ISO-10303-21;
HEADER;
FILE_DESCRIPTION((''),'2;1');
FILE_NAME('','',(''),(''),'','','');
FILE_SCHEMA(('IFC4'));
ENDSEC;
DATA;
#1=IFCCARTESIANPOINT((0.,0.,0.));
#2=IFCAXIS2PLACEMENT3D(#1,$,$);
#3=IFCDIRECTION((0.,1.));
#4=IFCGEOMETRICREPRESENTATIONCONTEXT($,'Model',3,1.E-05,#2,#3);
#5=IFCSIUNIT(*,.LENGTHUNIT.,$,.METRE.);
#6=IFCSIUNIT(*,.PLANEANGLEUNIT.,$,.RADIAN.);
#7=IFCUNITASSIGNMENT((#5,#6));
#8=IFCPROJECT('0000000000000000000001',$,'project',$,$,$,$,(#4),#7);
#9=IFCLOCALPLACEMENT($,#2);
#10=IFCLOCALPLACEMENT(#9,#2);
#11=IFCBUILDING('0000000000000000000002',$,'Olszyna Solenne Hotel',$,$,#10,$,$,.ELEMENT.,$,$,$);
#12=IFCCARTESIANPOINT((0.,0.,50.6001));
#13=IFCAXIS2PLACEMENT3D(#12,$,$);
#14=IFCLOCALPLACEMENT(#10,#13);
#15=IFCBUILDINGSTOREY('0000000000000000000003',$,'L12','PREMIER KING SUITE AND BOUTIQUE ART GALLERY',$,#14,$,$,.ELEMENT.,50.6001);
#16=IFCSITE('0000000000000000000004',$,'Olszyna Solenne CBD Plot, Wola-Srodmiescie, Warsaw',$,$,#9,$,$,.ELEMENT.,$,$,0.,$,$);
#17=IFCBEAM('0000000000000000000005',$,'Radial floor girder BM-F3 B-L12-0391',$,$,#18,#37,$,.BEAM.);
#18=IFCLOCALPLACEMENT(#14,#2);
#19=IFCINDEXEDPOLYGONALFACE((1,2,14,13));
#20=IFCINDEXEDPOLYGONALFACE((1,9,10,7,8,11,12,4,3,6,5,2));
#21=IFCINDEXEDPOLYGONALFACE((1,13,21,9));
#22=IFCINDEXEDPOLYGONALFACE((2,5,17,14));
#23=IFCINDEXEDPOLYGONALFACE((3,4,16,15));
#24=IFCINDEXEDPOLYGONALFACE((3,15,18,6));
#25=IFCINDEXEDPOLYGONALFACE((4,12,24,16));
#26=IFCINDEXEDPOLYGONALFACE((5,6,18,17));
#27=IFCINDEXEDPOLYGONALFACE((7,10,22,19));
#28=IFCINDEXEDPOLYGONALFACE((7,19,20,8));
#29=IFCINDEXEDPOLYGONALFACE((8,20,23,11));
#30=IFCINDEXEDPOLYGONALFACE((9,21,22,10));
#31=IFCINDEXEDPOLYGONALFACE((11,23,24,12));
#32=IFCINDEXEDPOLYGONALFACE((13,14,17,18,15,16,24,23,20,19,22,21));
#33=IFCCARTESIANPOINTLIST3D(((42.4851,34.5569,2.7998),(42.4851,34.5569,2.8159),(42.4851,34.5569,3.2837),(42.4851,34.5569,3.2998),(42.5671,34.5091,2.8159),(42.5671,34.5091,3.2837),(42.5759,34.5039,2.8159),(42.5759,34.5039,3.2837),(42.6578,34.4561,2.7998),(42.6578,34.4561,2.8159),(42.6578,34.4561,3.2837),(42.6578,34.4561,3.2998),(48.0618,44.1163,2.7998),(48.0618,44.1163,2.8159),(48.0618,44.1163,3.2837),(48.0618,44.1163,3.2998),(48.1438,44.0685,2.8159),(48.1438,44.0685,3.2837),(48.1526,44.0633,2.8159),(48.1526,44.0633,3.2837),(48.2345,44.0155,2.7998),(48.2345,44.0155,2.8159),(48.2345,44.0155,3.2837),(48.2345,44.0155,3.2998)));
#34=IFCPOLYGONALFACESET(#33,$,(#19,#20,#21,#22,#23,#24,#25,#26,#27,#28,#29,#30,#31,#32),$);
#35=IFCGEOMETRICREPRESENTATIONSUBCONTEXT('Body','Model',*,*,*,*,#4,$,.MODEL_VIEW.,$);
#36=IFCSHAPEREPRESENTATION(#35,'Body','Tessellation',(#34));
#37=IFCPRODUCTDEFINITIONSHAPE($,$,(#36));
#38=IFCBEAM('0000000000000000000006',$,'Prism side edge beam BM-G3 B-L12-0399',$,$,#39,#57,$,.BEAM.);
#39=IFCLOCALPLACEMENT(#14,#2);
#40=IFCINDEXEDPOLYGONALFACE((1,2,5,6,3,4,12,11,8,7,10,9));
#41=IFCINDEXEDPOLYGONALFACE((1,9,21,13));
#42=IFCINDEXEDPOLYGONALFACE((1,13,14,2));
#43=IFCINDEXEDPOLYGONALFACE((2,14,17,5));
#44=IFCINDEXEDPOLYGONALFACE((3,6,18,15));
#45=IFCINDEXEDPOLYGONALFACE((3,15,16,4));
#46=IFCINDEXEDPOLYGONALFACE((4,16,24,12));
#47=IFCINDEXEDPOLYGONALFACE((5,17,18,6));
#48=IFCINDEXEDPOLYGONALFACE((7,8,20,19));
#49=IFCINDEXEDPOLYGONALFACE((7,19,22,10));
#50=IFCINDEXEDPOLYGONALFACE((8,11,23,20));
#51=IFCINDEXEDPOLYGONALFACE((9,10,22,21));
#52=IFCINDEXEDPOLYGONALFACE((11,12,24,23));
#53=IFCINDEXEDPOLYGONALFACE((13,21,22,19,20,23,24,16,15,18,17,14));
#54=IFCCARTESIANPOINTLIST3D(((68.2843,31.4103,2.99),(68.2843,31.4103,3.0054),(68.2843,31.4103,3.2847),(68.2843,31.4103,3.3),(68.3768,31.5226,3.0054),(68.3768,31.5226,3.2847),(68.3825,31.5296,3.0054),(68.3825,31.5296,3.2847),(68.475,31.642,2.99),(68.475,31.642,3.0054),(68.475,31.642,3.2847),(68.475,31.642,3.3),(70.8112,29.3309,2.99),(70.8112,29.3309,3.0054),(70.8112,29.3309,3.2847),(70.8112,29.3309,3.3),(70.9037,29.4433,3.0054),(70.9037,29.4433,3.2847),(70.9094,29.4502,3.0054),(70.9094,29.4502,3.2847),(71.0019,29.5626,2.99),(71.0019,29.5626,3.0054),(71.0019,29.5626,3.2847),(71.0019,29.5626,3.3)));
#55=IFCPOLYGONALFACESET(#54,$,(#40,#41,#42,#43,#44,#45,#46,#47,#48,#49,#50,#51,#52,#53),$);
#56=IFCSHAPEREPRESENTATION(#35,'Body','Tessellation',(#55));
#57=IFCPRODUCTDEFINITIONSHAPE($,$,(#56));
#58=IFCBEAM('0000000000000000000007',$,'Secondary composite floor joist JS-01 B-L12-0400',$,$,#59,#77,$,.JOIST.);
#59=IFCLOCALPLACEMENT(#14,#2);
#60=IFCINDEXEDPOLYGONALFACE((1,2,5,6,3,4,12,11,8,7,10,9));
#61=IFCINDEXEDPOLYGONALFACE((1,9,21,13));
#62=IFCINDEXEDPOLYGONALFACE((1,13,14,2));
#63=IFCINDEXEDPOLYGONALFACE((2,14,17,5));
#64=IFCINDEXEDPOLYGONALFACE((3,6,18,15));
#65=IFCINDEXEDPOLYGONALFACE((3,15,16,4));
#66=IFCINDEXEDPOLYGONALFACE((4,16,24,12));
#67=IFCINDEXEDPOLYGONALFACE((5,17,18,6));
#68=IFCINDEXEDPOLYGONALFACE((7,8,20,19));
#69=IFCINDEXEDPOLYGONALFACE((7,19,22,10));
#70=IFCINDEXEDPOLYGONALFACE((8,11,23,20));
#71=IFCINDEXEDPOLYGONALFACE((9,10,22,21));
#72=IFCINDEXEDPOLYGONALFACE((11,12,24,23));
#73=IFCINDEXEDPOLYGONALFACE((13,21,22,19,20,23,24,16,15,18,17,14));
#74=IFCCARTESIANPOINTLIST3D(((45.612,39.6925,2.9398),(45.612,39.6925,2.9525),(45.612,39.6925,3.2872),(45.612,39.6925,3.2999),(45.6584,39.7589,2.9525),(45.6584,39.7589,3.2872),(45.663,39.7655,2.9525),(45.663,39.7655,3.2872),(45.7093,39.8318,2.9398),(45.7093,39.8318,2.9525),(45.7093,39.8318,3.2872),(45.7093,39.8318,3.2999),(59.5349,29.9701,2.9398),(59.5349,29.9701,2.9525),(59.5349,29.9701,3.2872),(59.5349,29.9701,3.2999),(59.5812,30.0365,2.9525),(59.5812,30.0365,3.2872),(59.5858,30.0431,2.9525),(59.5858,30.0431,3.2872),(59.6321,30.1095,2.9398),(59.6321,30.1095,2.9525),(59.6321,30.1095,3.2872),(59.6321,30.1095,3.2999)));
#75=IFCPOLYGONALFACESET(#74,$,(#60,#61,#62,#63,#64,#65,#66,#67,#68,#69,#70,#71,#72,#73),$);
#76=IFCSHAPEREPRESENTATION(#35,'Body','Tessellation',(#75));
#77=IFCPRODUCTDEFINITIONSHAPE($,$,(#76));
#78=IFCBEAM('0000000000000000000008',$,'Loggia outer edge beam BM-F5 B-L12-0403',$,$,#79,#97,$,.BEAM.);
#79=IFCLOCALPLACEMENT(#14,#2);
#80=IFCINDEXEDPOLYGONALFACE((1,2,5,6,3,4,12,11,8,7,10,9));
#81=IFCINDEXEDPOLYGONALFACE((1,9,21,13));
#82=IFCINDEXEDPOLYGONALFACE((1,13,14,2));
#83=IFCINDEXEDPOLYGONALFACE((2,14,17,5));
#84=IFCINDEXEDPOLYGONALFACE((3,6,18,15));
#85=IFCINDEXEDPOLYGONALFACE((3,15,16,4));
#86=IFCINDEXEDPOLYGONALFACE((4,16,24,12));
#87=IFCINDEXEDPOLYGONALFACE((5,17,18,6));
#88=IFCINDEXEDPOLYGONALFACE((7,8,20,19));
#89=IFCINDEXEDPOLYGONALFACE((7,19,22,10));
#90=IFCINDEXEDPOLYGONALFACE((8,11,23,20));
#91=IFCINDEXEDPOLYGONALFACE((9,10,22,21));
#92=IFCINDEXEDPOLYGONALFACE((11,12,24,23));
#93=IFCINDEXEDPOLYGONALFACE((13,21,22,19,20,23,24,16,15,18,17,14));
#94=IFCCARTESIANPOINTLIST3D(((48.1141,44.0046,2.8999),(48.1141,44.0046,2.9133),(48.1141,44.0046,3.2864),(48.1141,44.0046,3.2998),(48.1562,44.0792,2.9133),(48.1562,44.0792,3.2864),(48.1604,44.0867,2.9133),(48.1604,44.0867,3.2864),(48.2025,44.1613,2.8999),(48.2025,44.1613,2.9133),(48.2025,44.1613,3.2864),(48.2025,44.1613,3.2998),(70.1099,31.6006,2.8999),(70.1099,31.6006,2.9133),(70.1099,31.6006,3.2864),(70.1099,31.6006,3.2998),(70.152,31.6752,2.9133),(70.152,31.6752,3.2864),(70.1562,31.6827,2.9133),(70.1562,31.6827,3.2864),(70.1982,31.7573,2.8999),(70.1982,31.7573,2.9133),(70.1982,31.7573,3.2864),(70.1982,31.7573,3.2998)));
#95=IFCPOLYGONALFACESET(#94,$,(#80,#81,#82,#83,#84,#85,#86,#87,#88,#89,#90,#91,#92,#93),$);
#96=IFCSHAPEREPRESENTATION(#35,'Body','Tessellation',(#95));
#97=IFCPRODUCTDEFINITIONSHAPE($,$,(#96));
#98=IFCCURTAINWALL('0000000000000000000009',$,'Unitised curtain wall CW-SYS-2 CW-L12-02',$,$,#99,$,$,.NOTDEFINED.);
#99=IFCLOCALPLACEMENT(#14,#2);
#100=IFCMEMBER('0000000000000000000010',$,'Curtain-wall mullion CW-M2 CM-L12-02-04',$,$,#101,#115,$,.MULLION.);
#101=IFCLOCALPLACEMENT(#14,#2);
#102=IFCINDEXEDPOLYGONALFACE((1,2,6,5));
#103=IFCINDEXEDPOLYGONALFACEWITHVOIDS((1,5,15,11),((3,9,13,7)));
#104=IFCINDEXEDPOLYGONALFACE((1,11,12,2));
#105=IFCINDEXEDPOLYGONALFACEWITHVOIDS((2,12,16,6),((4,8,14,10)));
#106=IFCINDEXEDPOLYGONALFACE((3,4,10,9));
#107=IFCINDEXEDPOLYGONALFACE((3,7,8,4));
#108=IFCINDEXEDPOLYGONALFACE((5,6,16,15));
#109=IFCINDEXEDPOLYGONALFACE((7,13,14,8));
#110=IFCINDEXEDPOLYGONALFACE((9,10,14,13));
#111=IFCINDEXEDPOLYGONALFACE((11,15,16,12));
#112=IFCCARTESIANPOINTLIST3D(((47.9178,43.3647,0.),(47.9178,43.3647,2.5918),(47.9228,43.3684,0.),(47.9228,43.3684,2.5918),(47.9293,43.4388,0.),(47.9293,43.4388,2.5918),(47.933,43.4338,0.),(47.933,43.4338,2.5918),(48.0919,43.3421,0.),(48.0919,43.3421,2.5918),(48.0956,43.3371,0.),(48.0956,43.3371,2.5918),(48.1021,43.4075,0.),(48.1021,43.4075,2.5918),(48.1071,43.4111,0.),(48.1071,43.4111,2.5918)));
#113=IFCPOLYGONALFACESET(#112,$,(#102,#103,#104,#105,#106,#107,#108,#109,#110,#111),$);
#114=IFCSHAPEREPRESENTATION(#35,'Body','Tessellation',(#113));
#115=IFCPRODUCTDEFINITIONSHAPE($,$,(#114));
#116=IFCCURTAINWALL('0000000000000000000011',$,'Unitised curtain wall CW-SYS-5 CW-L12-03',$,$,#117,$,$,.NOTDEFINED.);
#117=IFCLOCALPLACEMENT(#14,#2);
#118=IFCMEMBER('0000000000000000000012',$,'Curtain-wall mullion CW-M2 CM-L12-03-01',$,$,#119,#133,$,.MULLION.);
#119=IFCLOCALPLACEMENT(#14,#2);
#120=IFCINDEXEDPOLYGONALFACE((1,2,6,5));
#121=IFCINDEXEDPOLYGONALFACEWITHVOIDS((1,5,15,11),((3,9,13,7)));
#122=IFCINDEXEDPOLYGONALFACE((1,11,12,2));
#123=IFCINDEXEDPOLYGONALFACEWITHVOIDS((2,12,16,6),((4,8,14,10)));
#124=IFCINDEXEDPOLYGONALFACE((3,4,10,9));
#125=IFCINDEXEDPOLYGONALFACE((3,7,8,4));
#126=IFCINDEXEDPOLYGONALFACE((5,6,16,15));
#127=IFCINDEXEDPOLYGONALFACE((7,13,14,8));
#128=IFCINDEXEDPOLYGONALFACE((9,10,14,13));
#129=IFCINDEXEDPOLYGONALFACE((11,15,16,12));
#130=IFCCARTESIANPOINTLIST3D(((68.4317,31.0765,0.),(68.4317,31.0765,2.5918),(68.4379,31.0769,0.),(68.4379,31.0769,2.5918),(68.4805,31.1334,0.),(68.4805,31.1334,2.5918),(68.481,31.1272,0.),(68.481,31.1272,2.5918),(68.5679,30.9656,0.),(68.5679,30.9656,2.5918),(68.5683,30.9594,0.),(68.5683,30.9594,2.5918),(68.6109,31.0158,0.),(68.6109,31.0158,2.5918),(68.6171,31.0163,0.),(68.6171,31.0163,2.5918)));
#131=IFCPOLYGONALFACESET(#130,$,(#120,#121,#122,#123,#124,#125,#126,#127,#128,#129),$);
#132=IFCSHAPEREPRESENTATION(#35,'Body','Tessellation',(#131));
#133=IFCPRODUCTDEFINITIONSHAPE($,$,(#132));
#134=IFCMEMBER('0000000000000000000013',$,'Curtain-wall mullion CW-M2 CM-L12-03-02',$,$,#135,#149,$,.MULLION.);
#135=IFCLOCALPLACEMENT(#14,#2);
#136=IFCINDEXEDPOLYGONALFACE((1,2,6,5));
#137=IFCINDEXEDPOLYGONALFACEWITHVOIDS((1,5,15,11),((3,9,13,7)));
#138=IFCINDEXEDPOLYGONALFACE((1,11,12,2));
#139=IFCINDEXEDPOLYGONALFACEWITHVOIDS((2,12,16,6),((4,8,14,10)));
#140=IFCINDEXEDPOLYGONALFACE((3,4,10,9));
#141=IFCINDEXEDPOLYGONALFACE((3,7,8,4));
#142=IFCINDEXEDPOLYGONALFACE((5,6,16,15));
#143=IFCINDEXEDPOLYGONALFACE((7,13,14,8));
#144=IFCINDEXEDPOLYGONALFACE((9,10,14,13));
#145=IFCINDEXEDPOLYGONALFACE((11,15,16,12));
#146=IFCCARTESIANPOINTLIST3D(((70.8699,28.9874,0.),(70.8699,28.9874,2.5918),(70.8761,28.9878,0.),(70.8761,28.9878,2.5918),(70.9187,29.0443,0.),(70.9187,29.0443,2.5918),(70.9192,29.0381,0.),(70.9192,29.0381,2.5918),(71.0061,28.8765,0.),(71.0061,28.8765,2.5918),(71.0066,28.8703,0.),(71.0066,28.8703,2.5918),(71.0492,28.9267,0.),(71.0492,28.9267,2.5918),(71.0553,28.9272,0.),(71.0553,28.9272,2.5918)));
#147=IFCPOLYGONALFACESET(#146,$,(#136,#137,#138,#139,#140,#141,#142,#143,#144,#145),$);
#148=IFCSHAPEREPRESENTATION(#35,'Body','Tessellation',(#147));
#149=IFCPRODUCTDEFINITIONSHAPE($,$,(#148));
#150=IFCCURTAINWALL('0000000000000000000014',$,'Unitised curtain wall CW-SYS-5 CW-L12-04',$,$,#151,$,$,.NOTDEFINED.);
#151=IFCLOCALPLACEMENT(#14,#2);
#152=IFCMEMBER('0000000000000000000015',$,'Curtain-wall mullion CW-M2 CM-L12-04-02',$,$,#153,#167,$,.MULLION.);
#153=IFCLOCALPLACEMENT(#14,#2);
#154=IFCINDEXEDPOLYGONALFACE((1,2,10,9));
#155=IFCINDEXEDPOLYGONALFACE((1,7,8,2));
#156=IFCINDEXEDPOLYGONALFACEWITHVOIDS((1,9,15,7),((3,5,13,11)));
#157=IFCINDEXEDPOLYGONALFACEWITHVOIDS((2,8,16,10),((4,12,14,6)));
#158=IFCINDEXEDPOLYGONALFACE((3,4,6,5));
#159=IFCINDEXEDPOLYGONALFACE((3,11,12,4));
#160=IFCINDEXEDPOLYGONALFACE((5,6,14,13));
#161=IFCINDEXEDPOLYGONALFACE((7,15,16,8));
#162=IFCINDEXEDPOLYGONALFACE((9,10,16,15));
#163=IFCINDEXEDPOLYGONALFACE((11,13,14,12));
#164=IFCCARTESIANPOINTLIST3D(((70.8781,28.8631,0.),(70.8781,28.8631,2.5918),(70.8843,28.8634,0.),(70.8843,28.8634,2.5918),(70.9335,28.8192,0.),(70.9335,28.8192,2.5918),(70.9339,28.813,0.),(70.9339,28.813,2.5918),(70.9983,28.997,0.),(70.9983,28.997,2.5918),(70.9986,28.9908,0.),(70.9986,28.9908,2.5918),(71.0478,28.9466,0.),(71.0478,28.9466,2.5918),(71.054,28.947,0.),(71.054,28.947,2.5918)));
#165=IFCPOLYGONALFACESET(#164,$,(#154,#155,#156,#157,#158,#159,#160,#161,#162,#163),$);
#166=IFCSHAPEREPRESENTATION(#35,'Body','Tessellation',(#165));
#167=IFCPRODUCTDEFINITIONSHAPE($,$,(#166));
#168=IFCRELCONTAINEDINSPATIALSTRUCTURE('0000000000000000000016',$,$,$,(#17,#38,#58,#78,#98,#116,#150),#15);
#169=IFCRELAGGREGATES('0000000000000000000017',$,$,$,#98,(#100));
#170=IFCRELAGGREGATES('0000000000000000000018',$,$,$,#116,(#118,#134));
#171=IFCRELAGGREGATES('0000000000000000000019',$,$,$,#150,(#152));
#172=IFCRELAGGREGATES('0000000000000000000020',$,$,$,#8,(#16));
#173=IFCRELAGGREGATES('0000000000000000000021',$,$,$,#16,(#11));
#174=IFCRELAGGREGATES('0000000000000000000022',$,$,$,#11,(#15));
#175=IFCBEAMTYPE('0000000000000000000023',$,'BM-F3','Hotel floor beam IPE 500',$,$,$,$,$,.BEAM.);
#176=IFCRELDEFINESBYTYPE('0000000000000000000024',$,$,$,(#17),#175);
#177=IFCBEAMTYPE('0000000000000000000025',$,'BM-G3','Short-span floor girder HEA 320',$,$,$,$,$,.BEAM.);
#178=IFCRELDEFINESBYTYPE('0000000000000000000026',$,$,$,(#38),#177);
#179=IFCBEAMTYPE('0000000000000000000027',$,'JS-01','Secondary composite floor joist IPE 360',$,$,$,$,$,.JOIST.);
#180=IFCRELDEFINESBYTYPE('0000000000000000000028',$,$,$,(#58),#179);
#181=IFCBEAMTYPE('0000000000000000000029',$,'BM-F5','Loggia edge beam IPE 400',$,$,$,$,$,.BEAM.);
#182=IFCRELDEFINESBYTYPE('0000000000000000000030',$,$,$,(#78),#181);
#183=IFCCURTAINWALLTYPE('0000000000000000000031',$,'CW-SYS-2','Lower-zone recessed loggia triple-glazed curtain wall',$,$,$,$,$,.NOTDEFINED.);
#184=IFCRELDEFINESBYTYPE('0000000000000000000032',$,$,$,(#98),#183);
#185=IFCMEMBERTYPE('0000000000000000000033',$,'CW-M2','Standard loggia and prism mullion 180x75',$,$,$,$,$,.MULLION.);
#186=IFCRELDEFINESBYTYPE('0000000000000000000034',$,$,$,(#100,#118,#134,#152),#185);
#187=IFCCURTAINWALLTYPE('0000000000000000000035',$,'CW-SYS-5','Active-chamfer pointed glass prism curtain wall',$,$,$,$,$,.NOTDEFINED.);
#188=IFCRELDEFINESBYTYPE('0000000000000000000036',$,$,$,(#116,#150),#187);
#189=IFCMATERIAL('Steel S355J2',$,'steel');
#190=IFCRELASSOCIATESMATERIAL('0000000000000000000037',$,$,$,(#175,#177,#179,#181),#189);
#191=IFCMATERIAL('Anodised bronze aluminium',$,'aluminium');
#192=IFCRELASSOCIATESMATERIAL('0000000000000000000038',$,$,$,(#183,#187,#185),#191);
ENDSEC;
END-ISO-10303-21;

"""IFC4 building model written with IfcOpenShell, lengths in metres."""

from ifc_helpers import new_model, si_unit, direction, frame, origin, origin_2d, place, context, subcontext, project, spatial, hollow_rectangle, i_section, extrude, source, transform, mapped, material, material_profile, profile_set, type_object, element, aggregate, save


model = new_model("IFC4")

# Units and contexts
model_context = context("Model", 3, precision=1e-05, world=origin(), true_north=direction((0.0, 1.0)))
body_context = subcontext(model_context, "Body", "Model", "MODEL_VIEW")
ifc_project = project(units=[si_unit("LENGTHUNIT", "METRE"), si_unit("PLANEANGLEUNIT", "RADIAN")], contexts=[model_context])

# Site, building, storey
site_placement = place(None, origin())
site = spatial("IfcSite", under=ifc_project, at=site_placement, Name="Olszyna Solenne CBD Plot, Wola-Srodmiescie, Warsaw", CompositionType="ELEMENT", RefElevation=0.0)
building_placement = place(site_placement, origin())
building = spatial("IfcBuilding", under=site, at=building_placement, Name="Olszyna Solenne Hotel", CompositionType="ELEMENT")
storey_placement = place(building_placement, frame((0.0, 0.0, 50.6001)))
storey = spatial("IfcBuildingStorey", under=building, at=storey_placement, Name="L12", Description="PREMIER KING SUITE AND BOUTIQUE ART GALLERY", CompositionType="ELEMENT", Elevation=50.6001)

# Beams
ifc_material_1 = material(Name="Steel S355J2", Category="steel")
ifc_material_profile_1 = material_profile(ifc_material_1, i_section(OverallWidth=0.2, OverallDepth=0.5, WebThickness=0.0103, FlangeThickness=0.0161, at=origin_2d()), Name="IPE 500", Category="load-bearing")
ifc_profile_set_1 = profile_set([ifc_material_profile_1], Name="Steel S355J2")
beam_type_1 = type_object("IfcBeamType", Name="BM-F3", Description="Hotel floor beam IPE 500", PredefinedType="BEAM", material=ifc_profile_set_1)
shared_shape_1 = source(origin(), body_context, "Body", "SweptSolid", [
    extrude(i_section(OverallWidth=0.2, OverallDepth=0.5, WebThickness=0.0103, FlangeThickness=0.0161, at=origin_2d()), origin(), (0.0, 0.0, 1.0), 11.0671),
])
beam_1_placement = place(storey_placement, frame((48.1482, 44.0659, 3.0498), z_axis=(-0.503897, -0.863764, 0.0), x_axis=(0.863764, -0.503897, 0.0)))
element("IfcBeam", 1, at=beam_1_placement, inside=storey, type_object=beam_type_1, Name="Radial floor girder BM-F3 B-L12-0391", PredefinedType="BEAM", context=body_context, shape_type="MappedRepresentation", body=[
    mapped(shared_shape_1, transform((0.0, 0.0, 0.0), x_axis=(1.0, 0.0, 0.0), y_axis=(0.0, 1.0, 0.0), z_axis=(0.0, 0.0, 1.0), scale=1.0)),
])
ifc_material_profile_2 = material_profile(ifc_material_1, i_section(OverallWidth=0.3, OverallDepth=0.3101, WebThickness=0.009, FlangeThickness=0.0154, at=origin_2d()), Name="HEA 320", Category="load-bearing")
ifc_profile_set_2 = profile_set([ifc_material_profile_2], Name="Steel S355J2")
beam_type_2 = type_object("IfcBeamType", Name="BM-G3", Description="Short-span floor girder HEA 320", PredefinedType="BEAM", material=ifc_profile_set_2)
shared_shape_2 = source(origin(), body_context, "Body", "SweptSolid", [
    extrude(i_section(OverallWidth=0.3, OverallDepth=0.3101, WebThickness=0.009, FlangeThickness=0.0154, at=origin_2d()), origin(), (0.0, 0.0, 1.0), 3.2725),
])
beam_2_placement = place(storey_placement, frame((68.3796, 31.5261, 3.145), z_axis=(0.772169, -0.635417, 0.0), x_axis=(0.635417, 0.772169, 0.0)))
element("IfcBeam", 2, at=beam_2_placement, inside=storey, type_object=beam_type_2, Name="Prism side edge beam BM-G3 B-L12-0399", PredefinedType="BEAM", context=body_context, shape_type="MappedRepresentation", body=[
    mapped(shared_shape_2, transform((0.0, 0.0, 0.0), x_axis=(1.0, 0.0, 0.0), y_axis=(0.0, 1.0, 0.0), z_axis=(0.0, 0.0, 1.0), scale=1.0)),
])
ifc_material_profile_3 = material_profile(ifc_material_1, i_section(OverallWidth=0.1699, OverallDepth=0.3601, WebThickness=0.0081, FlangeThickness=0.0127, at=origin_2d()), Name="IPE 360", Category="load-bearing")
ifc_profile_set_3 = profile_set([ifc_material_profile_3], Name="Steel S355J2")
beam_type_3 = type_object("IfcBeamType", Name="JS-01", Description="Secondary composite floor joist IPE 360", PredefinedType="JOIST", material=ifc_profile_set_3)
shared_shape_3 = source(origin(), body_context, "Body", "SweptSolid", [
    extrude(i_section(OverallWidth=0.1699, OverallDepth=0.3601, WebThickness=0.0081, FlangeThickness=0.0127, at=origin_2d()), origin(), (0.0, 0.0, 1.0), 16.9814),
])
beam_3_placement = place(storey_placement, frame((59.5835, 30.0398, 3.1199), z_axis=(-0.819884, 0.57253, 0.0), x_axis=(-0.57253, -0.819884, 0.0)))
element("IfcBeam", 3, at=beam_3_placement, inside=storey, type_object=beam_type_3, Name="Secondary composite floor joist JS-01 B-L12-0400", PredefinedType="JOIST", context=body_context, shape_type="MappedRepresentation", body=[
    mapped(shared_shape_3, transform((0.0, 0.0, 0.0), x_axis=(1.0, 0.0, 0.0), y_axis=(0.0, 1.0, 0.0), z_axis=(0.0, 0.0, 1.0), scale=1.0)),
])
ifc_material_profile_4 = material_profile(ifc_material_1, i_section(OverallWidth=0.1799, OverallDepth=0.3999, WebThickness=0.0085, FlangeThickness=0.0134, at=origin_2d()), Name="IPE 400", Category="load-bearing")
ifc_profile_set_4 = profile_set([ifc_material_profile_4], Name="Steel S355J2")
beam_type_4 = type_object("IfcBeamType", Name="BM-F5", Description="Loggia edge beam IPE 400", PredefinedType="BEAM", material=ifc_profile_set_4)
shared_shape_4 = source(origin(), body_context, "Body", "SweptSolid", [
    extrude(i_section(OverallWidth=0.1799, OverallDepth=0.3999, WebThickness=0.0085, FlangeThickness=0.0134, at=origin_2d()), origin(), (0.0, 0.0, 1.0), 25.2522),
])
beam_4_placement = place(storey_placement, frame((70.1541, 31.679, 3.0999), z_axis=(-0.871044, 0.491205, 0.0), x_axis=(-0.491205, -0.871044, 0.0)))
element("IfcBeam", 4, at=beam_4_placement, inside=storey, type_object=beam_type_4, Name="Loggia outer edge beam BM-F5 B-L12-0403", PredefinedType="BEAM", context=body_context, shape_type="MappedRepresentation", body=[
    mapped(shared_shape_4, transform((0.0, 0.0, 0.0), x_axis=(1.0, 0.0, 0.0), y_axis=(0.0, 1.0, 0.0), z_axis=(0.0, 0.0, 1.0), scale=1.0)),
])

# Curtain wall, member
ifc_material_2 = material(Name="Anodised bronze aluminium", Category="aluminium")
curtain_wall_type_1 = type_object("IfcCurtainWallType", Name="CW-SYS-2", Description="Lower-zone recessed loggia triple-glazed curtain wall", PredefinedType="NOTDEFINED", material=ifc_material_2)
curtain_wall_1_placement = place(storey_placement, origin())
curtain_wall_1 = element("IfcCurtainWall", 5, at=curtain_wall_1_placement, inside=storey, type_object=curtain_wall_type_1, Name="Unitised curtain wall CW-SYS-2 CW-L12-02", PredefinedType="NOTDEFINED")
ifc_material_profile_5 = material_profile(ifc_material_2, hollow_rectangle(XDim=0.075, YDim=0.1799, WallThickness=0.0044, at=origin_2d()), Name="MULL 180x75x4.5", Category="load-bearing")
ifc_profile_set_5 = profile_set([ifc_material_profile_5], Name="Anodised bronze aluminium")
member_type_1 = type_object("IfcMemberType", Name="CW-M2", Description="Standard loggia and prism mullion 180x75", PredefinedType="MULLION", material=ifc_profile_set_5)
shared_shape_5 = source(origin(), body_context, "Body", "SweptSolid", [
    extrude(hollow_rectangle(XDim=0.075, YDim=0.1799, WallThickness=0.0044, at=origin_2d()), origin(), (0.0, 0.0, 1.0), 2.5918),
])
member_1_placement = place(storey_placement, frame((48.0125, 43.3879, 0.0), z_axis=(0.0, 0.0, 1.0), x_axis=(0.153674, 0.988122, 0.0)))
member_1 = element("IfcMember", 6, at=member_1_placement, type_object=member_type_1, Name="Curtain-wall mullion CW-M2 CM-L12-02-04", PredefinedType="MULLION", context=body_context, shape_type="MappedRepresentation", body=[
    mapped(shared_shape_5, transform((0.0, 0.0, 0.0), x_axis=(1.0, 0.0, 0.0), y_axis=(0.0, 1.0, 0.0), z_axis=(0.0, 0.0, 1.0), scale=1.0)),
])
aggregate(curtain_wall_1, [member_1])

# Curtain wall, members
curtain_wall_type_2 = type_object("IfcCurtainWallType", Name="CW-SYS-5", Description="Active-chamfer pointed glass prism curtain wall", PredefinedType="NOTDEFINED", material=ifc_material_2)
curtain_wall_2_placement = place(storey_placement, origin())
curtain_wall_2 = element("IfcCurtainWall", 7, at=curtain_wall_2_placement, inside=storey, type_object=curtain_wall_type_2, Name="Unitised curtain wall CW-SYS-5 CW-L12-03", PredefinedType="NOTDEFINED")
member_2_placement = place(storey_placement, frame((68.5244, 31.0464, 0.0), z_axis=(0.0, 0.0, 1.0), x_axis=(0.650643, 0.759383, 0.0)))
member_2 = element("IfcMember", 8, at=member_2_placement, type_object=member_type_1, Name="Curtain-wall mullion CW-M2 CM-L12-03-01", PredefinedType="MULLION", context=body_context, shape_type="MappedRepresentation", body=[
    mapped(shared_shape_5, transform((0.0, 0.0, 0.0), x_axis=(1.0, 0.0, 0.0), y_axis=(0.0, 1.0, 0.0), z_axis=(0.0, 0.0, 1.0), scale=1.0)),
])
member_3_placement = place(storey_placement, frame((70.9626, 28.9573, 0.0), z_axis=(0.0, 0.0, 1.0), x_axis=(0.650643, 0.759383, 0.0)))
member_3 = element("IfcMember", 9, at=member_3_placement, type_object=member_type_1, Name="Curtain-wall mullion CW-M2 CM-L12-03-02", PredefinedType="MULLION", context=body_context, shape_type="MappedRepresentation", body=[
    mapped(shared_shape_5, transform((0.0, 0.0, 0.0), x_axis=(1.0, 0.0, 0.0), y_axis=(0.0, 1.0, 0.0), z_axis=(0.0, 0.0, 1.0), scale=1.0)),
])

# Curtain wall, member
curtain_wall_3_placement = place(storey_placement, origin())
curtain_wall_3 = element("IfcCurtainWall", 10, at=curtain_wall_3_placement, inside=storey, type_object=curtain_wall_type_2, Name="Unitised curtain wall CW-SYS-5 CW-L12-04", PredefinedType="NOTDEFINED")
member_4_placement = place(storey_placement, frame((70.9661, 28.905, 0.0), z_axis=(0.0, 0.0, 1.0), x_axis=(-0.744226, 0.667928, 0.0)))
member_4 = element("IfcMember", 11, at=member_4_placement, type_object=member_type_1, Name="Curtain-wall mullion CW-M2 CM-L12-04-02", PredefinedType="MULLION", context=body_context, shape_type="MappedRepresentation", body=[
    mapped(shared_shape_5, transform((0.0, 0.0, 0.0), x_axis=(1.0, 0.0, 0.0), y_axis=(0.0, 1.0, 0.0), z_axis=(0.0, 0.0, 1.0), scale=1.0)),
])

aggregate(curtain_wall_2, [member_2, member_3])
aggregate(curtain_wall_3, [member_4])

save(model, "model.ifc")
